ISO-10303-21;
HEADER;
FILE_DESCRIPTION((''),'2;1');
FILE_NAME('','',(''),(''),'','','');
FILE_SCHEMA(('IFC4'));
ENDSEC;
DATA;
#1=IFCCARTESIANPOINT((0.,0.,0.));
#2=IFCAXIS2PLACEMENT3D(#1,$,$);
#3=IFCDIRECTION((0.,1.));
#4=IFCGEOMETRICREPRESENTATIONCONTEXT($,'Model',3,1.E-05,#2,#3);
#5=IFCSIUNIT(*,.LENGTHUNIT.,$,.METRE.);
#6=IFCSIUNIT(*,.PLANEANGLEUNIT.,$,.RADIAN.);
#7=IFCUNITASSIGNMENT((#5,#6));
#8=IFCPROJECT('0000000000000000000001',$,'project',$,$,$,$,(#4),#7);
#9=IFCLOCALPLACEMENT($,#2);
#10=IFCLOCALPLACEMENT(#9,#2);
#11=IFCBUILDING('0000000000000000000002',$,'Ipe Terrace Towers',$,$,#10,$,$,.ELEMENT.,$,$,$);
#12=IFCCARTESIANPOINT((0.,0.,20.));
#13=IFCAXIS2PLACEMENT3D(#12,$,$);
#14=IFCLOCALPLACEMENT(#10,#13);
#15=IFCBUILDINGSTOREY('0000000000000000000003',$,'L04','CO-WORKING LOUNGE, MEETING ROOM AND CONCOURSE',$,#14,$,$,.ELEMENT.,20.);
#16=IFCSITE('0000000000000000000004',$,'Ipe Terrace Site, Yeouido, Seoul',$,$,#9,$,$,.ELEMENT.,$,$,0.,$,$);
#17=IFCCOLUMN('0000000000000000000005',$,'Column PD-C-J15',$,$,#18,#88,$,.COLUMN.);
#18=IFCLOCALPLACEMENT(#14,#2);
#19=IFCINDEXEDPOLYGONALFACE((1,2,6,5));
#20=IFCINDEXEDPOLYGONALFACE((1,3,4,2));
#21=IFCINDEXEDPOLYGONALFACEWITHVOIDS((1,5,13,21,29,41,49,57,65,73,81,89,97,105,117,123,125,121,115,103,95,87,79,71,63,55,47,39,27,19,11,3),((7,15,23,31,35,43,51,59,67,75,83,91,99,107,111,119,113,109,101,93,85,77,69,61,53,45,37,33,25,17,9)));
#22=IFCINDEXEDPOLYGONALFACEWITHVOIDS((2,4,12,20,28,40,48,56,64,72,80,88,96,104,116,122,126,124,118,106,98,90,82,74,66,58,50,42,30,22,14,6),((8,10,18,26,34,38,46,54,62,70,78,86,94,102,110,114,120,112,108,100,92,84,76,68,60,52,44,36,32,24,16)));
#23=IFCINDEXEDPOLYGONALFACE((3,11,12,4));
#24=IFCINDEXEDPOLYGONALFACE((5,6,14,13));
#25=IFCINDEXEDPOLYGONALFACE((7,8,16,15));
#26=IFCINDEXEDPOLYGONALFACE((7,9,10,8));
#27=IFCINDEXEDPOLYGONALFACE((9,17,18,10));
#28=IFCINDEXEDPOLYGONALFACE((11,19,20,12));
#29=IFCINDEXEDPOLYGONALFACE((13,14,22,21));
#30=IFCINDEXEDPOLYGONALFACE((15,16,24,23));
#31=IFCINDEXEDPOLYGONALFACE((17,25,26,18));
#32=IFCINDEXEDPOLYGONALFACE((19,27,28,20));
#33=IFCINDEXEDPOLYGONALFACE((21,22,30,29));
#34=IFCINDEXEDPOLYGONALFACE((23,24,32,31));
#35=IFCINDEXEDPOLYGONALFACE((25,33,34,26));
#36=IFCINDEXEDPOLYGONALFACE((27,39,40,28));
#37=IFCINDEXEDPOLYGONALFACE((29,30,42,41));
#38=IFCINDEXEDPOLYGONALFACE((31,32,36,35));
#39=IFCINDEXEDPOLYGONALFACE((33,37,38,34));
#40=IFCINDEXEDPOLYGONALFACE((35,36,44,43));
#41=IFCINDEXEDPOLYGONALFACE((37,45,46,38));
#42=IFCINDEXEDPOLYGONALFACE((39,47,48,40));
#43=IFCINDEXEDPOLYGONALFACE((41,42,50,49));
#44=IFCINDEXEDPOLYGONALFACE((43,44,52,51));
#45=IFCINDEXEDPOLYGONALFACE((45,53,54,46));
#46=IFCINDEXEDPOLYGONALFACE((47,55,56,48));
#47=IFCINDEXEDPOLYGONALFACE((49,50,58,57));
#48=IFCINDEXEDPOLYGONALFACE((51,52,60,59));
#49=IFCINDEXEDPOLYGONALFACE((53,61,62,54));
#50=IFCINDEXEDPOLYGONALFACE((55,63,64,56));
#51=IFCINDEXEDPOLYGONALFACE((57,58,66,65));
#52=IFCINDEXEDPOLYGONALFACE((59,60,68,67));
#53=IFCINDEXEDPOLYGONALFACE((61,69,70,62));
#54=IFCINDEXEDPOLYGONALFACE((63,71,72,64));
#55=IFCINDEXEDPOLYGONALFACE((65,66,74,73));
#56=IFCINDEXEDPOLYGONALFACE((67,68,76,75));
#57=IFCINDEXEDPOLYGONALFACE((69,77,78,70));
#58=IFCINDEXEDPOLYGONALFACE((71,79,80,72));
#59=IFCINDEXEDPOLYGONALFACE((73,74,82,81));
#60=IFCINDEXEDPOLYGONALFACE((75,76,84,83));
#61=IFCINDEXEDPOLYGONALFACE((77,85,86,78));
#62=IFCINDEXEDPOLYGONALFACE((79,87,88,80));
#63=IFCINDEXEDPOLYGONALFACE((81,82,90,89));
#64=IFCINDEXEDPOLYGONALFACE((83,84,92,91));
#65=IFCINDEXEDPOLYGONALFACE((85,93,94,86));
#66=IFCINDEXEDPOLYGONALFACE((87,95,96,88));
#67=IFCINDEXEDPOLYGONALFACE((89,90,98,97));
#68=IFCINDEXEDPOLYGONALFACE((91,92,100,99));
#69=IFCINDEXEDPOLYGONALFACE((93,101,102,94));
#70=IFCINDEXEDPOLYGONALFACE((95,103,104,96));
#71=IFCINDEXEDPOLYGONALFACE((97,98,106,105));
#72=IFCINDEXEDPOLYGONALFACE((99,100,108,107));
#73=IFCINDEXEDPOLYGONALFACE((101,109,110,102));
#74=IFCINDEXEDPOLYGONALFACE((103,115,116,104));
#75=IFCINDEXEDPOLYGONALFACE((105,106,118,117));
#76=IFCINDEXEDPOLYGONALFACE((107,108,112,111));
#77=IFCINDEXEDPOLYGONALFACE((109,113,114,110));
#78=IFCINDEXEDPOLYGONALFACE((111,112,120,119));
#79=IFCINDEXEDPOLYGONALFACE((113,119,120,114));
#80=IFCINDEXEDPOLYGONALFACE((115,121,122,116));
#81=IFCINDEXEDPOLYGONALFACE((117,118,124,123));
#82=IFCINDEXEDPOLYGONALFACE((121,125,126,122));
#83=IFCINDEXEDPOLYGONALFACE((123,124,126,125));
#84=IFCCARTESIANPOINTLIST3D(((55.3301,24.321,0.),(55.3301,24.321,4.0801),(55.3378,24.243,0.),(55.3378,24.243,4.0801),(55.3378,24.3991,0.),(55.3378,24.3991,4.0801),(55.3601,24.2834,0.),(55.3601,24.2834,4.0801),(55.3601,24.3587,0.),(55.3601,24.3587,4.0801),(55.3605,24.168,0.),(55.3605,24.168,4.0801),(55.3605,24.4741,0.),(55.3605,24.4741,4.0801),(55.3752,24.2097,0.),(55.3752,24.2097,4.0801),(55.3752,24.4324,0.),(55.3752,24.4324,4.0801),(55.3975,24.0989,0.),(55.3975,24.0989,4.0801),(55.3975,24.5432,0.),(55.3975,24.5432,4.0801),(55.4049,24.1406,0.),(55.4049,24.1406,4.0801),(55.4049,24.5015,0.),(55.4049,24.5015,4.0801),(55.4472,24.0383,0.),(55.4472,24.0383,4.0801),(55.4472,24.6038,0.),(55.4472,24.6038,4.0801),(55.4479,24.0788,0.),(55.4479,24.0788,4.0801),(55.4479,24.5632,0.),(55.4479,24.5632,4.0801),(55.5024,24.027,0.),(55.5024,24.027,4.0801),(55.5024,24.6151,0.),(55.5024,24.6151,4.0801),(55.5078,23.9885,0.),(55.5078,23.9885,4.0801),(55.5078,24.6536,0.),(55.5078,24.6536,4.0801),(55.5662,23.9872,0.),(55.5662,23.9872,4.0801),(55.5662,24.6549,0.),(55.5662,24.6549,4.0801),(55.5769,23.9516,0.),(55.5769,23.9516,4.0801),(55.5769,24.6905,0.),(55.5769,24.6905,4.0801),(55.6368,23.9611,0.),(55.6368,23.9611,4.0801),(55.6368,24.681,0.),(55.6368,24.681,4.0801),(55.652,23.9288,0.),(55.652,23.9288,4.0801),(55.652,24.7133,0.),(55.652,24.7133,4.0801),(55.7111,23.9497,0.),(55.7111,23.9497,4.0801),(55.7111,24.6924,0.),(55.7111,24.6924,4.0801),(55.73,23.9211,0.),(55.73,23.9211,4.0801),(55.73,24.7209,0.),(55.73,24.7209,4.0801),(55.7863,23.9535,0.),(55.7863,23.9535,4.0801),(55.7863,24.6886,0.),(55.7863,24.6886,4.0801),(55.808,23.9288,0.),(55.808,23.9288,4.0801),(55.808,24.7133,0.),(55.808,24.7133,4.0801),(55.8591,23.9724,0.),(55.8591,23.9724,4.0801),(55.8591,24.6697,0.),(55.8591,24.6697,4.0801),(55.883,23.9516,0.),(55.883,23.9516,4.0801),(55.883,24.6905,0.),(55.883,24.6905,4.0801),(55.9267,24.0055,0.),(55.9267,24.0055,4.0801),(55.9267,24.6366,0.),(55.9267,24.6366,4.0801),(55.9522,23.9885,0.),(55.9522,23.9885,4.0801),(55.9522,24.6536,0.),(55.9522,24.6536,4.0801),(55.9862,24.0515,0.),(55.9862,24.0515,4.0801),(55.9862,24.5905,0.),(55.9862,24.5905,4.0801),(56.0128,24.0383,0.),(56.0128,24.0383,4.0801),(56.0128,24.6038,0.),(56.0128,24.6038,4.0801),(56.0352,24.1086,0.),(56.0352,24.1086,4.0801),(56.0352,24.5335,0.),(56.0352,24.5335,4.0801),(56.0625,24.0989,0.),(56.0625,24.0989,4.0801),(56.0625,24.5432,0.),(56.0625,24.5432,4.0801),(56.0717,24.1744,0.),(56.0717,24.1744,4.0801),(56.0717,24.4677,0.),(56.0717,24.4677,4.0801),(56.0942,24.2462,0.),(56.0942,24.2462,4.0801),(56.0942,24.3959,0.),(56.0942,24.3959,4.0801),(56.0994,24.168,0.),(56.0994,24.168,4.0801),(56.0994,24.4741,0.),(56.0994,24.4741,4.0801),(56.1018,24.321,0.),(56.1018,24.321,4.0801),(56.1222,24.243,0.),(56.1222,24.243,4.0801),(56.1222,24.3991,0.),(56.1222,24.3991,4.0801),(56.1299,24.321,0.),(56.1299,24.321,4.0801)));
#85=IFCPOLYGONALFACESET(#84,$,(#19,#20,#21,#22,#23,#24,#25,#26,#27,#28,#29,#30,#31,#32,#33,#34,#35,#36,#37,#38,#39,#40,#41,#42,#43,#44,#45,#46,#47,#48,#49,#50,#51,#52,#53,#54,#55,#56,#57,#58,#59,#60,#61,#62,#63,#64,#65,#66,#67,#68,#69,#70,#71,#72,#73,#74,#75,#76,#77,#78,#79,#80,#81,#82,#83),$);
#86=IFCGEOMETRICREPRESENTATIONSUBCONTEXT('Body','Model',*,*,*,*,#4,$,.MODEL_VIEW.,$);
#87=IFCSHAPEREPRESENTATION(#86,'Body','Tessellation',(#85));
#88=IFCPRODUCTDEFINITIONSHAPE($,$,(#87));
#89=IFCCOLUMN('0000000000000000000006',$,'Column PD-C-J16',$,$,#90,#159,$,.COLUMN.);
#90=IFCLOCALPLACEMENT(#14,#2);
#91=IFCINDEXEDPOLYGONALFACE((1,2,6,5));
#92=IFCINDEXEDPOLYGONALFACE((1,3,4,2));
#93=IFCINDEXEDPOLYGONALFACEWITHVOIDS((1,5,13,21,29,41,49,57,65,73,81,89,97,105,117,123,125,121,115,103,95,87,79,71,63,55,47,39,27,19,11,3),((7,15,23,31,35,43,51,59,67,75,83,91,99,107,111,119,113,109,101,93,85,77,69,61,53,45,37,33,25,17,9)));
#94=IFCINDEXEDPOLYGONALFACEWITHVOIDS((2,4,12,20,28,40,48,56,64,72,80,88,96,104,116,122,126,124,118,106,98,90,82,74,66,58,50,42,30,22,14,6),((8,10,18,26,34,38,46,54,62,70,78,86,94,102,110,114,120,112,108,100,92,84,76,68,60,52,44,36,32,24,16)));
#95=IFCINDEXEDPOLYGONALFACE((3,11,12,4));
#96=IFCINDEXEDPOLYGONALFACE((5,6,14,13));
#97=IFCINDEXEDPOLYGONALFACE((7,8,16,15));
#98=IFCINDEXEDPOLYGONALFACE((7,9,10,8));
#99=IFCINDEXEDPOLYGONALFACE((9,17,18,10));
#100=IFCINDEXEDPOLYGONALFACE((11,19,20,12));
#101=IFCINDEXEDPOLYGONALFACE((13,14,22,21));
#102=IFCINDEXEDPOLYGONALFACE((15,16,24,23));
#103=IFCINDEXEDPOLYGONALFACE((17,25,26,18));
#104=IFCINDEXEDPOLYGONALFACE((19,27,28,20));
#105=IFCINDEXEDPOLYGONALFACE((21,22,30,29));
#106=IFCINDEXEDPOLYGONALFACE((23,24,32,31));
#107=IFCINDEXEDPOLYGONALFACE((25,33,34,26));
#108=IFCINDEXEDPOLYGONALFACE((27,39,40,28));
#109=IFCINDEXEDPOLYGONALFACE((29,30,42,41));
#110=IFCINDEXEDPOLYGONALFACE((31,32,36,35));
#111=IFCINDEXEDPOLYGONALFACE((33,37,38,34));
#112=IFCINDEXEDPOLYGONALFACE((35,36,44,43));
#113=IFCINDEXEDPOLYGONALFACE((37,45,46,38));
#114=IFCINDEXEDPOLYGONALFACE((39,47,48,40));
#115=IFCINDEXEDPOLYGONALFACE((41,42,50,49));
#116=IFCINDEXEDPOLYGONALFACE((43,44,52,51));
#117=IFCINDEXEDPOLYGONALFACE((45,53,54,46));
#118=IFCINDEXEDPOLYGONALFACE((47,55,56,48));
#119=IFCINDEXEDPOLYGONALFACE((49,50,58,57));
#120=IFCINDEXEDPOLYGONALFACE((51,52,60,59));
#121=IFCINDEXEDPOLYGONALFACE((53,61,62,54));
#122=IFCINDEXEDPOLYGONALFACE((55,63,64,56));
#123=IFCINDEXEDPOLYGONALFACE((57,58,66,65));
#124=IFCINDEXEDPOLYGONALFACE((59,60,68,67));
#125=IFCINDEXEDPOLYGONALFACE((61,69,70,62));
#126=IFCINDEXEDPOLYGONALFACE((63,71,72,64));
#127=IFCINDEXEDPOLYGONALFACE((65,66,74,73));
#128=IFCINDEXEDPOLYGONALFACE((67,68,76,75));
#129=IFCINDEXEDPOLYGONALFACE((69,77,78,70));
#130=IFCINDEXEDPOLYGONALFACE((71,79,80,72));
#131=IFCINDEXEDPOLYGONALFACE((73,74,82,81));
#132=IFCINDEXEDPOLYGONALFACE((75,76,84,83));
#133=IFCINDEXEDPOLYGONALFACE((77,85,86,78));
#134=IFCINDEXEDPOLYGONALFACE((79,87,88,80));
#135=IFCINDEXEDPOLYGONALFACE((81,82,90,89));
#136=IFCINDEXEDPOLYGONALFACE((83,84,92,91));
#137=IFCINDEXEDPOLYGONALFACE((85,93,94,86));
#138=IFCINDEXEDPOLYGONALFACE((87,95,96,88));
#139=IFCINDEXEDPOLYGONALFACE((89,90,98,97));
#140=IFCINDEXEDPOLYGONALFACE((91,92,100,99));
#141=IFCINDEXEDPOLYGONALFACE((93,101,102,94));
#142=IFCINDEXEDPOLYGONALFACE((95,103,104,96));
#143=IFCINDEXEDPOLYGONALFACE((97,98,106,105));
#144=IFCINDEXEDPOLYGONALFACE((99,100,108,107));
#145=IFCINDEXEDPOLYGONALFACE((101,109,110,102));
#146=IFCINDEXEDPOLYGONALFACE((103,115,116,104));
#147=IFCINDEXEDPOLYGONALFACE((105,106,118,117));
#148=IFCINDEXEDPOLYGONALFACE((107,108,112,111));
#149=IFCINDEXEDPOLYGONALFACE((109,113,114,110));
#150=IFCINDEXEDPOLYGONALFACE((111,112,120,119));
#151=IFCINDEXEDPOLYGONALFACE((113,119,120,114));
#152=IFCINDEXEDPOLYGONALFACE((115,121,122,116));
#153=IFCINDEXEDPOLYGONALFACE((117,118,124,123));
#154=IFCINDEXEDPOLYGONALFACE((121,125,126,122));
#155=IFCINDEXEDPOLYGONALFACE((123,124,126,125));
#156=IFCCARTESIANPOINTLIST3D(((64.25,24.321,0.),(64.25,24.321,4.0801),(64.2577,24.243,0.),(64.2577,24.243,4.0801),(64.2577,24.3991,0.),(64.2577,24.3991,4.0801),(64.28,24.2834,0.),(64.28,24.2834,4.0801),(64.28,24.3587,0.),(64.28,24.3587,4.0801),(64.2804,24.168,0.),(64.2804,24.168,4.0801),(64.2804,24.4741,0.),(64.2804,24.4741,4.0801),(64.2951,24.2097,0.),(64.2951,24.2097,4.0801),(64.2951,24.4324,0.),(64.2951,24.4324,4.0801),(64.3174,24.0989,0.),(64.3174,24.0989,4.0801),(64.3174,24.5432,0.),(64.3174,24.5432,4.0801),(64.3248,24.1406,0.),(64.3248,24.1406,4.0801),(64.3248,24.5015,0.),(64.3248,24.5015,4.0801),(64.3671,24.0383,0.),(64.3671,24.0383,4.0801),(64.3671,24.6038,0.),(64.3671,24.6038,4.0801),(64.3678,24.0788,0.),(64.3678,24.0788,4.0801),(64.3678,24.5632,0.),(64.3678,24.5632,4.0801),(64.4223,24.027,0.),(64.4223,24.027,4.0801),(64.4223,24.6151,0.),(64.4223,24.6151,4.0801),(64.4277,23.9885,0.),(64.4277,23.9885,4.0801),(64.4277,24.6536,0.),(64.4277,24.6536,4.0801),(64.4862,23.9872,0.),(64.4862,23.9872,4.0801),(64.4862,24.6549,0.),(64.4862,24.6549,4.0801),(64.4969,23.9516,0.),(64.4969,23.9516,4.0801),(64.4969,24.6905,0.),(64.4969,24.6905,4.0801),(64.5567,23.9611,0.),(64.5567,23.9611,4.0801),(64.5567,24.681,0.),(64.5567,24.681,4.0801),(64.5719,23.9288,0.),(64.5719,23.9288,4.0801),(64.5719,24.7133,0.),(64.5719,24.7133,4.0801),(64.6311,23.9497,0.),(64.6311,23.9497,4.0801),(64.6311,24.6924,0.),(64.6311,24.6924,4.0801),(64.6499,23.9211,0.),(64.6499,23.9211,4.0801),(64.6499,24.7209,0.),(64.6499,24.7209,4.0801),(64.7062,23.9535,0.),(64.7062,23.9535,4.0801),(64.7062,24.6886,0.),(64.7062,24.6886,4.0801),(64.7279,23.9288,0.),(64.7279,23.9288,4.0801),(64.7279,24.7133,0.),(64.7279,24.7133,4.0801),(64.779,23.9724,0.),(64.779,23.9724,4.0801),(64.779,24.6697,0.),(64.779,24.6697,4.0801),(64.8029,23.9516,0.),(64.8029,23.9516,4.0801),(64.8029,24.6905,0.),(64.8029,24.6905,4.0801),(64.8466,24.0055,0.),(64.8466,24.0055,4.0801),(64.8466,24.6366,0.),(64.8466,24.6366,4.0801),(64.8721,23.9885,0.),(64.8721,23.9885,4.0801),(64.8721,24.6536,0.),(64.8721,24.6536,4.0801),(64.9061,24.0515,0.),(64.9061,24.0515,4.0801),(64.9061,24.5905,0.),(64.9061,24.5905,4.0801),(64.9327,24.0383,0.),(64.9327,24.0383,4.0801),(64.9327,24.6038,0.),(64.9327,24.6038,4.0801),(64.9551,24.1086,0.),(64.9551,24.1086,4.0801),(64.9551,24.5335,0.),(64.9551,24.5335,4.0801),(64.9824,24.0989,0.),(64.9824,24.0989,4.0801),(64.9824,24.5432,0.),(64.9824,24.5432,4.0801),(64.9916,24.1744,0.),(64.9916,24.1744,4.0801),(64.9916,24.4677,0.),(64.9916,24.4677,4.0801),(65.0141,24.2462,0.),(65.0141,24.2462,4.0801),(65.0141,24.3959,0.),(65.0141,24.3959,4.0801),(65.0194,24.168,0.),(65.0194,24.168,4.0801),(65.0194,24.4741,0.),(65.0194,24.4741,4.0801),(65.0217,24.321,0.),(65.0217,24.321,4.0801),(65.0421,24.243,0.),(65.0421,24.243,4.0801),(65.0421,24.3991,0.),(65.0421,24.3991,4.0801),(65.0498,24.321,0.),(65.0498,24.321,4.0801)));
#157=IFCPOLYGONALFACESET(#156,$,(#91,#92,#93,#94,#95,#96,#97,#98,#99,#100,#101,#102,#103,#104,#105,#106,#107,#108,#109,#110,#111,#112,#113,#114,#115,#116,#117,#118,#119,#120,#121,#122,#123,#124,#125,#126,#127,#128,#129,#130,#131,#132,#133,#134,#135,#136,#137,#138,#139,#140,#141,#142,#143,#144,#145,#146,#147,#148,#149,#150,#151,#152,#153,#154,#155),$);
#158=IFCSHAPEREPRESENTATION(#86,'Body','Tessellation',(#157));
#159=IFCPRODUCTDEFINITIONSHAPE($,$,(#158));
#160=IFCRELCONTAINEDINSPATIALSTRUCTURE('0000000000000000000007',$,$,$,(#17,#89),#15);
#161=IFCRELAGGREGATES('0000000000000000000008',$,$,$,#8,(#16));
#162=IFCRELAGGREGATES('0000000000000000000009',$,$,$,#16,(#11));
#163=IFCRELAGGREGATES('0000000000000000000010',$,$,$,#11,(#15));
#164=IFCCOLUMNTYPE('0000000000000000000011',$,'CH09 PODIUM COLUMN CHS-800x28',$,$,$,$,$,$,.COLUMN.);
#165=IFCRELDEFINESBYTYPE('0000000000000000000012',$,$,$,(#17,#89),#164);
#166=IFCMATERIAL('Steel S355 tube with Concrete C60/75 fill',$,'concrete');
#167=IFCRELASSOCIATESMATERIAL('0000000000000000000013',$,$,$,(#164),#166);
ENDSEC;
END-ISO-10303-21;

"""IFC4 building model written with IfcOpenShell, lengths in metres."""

from ifc_helpers import new_model, si_unit, direction, frame, origin, origin_2d, place, context, subcontext, project, spatial, hollow_circle, extrude, material, material_profile, profile_set, type_object, element, save


model = new_model("IFC4")

# Units and contexts
model_context = context("Model", 3, precision=1e-05, world=origin(), true_north=direction((0.0, 1.0)))
body_context = subcontext(model_context, "Body", "Model", "MODEL_VIEW")
ifc_project = project(units=[si_unit("LENGTHUNIT", "METRE"), si_unit("PLANEANGLEUNIT", "RADIAN")], contexts=[model_context])

# Site, building, storey
site_placement = place(None, origin())
site = spatial("IfcSite", under=ifc_project, at=site_placement, Name="Ipe Terrace Site, Yeouido, Seoul", CompositionType="ELEMENT", RefElevation=0.0)
building_placement = place(site_placement, origin())
building = spatial("IfcBuilding", under=site, at=building_placement, Name="Ipe Terrace Towers", CompositionType="ELEMENT")
storey_placement = place(building_placement, frame((0.0, 0.0, 20.0)))
storey = spatial("IfcBuildingStorey", under=building, at=storey_placement, Name="L04", Description="CO-WORKING LOUNGE, MEETING ROOM AND CONCOURSE", CompositionType="ELEMENT", Elevation=20.0)

# Columns
ifc_material_1 = material(Name="Steel S355 tube with Concrete C60/75 fill", Category="concrete")
ifc_material_profile_1 = material_profile(ifc_material_1, hollow_circle(Radius=0.3999, WallThickness=0.0281, at=origin_2d()), Name="CHS-800x28")
ifc_profile_set_1 = profile_set([ifc_material_profile_1], Name="Steel S355 tube with Concrete C60/75 fill")
column_type = type_object("IfcColumnType", Name="CH09 PODIUM COLUMN CHS-800x28", PredefinedType="COLUMN", material=ifc_profile_set_1)
for number, where, z_axis, x_axis, name in (
    (1, (55.73, 24.321, 0.0), (0.0, 0.0, 1.0), (1.0, 0.0, 0.0), "Column PD-C-J15"),
    (2, (64.6499, 24.321, 0.0), (0.0, 0.0, 1.0), (1.0, 0.0, 0.0), "Column PD-C-J16"),
):
    element("IfcColumn", number, at=place(storey_placement, frame(where, z_axis=z_axis, x_axis=x_axis)), inside=storey, type_object=column_type, Name=name, PredefinedType="COLUMN", context=body_context, shape_type="SweptSolid", body=[
        extrude(hollow_circle(Radius=0.3999, WallThickness=0.0281, at=origin_2d()), origin(), (0.0, 0.0, 1.0), 4.0801),
    ])

save(model, "model.ifc")
